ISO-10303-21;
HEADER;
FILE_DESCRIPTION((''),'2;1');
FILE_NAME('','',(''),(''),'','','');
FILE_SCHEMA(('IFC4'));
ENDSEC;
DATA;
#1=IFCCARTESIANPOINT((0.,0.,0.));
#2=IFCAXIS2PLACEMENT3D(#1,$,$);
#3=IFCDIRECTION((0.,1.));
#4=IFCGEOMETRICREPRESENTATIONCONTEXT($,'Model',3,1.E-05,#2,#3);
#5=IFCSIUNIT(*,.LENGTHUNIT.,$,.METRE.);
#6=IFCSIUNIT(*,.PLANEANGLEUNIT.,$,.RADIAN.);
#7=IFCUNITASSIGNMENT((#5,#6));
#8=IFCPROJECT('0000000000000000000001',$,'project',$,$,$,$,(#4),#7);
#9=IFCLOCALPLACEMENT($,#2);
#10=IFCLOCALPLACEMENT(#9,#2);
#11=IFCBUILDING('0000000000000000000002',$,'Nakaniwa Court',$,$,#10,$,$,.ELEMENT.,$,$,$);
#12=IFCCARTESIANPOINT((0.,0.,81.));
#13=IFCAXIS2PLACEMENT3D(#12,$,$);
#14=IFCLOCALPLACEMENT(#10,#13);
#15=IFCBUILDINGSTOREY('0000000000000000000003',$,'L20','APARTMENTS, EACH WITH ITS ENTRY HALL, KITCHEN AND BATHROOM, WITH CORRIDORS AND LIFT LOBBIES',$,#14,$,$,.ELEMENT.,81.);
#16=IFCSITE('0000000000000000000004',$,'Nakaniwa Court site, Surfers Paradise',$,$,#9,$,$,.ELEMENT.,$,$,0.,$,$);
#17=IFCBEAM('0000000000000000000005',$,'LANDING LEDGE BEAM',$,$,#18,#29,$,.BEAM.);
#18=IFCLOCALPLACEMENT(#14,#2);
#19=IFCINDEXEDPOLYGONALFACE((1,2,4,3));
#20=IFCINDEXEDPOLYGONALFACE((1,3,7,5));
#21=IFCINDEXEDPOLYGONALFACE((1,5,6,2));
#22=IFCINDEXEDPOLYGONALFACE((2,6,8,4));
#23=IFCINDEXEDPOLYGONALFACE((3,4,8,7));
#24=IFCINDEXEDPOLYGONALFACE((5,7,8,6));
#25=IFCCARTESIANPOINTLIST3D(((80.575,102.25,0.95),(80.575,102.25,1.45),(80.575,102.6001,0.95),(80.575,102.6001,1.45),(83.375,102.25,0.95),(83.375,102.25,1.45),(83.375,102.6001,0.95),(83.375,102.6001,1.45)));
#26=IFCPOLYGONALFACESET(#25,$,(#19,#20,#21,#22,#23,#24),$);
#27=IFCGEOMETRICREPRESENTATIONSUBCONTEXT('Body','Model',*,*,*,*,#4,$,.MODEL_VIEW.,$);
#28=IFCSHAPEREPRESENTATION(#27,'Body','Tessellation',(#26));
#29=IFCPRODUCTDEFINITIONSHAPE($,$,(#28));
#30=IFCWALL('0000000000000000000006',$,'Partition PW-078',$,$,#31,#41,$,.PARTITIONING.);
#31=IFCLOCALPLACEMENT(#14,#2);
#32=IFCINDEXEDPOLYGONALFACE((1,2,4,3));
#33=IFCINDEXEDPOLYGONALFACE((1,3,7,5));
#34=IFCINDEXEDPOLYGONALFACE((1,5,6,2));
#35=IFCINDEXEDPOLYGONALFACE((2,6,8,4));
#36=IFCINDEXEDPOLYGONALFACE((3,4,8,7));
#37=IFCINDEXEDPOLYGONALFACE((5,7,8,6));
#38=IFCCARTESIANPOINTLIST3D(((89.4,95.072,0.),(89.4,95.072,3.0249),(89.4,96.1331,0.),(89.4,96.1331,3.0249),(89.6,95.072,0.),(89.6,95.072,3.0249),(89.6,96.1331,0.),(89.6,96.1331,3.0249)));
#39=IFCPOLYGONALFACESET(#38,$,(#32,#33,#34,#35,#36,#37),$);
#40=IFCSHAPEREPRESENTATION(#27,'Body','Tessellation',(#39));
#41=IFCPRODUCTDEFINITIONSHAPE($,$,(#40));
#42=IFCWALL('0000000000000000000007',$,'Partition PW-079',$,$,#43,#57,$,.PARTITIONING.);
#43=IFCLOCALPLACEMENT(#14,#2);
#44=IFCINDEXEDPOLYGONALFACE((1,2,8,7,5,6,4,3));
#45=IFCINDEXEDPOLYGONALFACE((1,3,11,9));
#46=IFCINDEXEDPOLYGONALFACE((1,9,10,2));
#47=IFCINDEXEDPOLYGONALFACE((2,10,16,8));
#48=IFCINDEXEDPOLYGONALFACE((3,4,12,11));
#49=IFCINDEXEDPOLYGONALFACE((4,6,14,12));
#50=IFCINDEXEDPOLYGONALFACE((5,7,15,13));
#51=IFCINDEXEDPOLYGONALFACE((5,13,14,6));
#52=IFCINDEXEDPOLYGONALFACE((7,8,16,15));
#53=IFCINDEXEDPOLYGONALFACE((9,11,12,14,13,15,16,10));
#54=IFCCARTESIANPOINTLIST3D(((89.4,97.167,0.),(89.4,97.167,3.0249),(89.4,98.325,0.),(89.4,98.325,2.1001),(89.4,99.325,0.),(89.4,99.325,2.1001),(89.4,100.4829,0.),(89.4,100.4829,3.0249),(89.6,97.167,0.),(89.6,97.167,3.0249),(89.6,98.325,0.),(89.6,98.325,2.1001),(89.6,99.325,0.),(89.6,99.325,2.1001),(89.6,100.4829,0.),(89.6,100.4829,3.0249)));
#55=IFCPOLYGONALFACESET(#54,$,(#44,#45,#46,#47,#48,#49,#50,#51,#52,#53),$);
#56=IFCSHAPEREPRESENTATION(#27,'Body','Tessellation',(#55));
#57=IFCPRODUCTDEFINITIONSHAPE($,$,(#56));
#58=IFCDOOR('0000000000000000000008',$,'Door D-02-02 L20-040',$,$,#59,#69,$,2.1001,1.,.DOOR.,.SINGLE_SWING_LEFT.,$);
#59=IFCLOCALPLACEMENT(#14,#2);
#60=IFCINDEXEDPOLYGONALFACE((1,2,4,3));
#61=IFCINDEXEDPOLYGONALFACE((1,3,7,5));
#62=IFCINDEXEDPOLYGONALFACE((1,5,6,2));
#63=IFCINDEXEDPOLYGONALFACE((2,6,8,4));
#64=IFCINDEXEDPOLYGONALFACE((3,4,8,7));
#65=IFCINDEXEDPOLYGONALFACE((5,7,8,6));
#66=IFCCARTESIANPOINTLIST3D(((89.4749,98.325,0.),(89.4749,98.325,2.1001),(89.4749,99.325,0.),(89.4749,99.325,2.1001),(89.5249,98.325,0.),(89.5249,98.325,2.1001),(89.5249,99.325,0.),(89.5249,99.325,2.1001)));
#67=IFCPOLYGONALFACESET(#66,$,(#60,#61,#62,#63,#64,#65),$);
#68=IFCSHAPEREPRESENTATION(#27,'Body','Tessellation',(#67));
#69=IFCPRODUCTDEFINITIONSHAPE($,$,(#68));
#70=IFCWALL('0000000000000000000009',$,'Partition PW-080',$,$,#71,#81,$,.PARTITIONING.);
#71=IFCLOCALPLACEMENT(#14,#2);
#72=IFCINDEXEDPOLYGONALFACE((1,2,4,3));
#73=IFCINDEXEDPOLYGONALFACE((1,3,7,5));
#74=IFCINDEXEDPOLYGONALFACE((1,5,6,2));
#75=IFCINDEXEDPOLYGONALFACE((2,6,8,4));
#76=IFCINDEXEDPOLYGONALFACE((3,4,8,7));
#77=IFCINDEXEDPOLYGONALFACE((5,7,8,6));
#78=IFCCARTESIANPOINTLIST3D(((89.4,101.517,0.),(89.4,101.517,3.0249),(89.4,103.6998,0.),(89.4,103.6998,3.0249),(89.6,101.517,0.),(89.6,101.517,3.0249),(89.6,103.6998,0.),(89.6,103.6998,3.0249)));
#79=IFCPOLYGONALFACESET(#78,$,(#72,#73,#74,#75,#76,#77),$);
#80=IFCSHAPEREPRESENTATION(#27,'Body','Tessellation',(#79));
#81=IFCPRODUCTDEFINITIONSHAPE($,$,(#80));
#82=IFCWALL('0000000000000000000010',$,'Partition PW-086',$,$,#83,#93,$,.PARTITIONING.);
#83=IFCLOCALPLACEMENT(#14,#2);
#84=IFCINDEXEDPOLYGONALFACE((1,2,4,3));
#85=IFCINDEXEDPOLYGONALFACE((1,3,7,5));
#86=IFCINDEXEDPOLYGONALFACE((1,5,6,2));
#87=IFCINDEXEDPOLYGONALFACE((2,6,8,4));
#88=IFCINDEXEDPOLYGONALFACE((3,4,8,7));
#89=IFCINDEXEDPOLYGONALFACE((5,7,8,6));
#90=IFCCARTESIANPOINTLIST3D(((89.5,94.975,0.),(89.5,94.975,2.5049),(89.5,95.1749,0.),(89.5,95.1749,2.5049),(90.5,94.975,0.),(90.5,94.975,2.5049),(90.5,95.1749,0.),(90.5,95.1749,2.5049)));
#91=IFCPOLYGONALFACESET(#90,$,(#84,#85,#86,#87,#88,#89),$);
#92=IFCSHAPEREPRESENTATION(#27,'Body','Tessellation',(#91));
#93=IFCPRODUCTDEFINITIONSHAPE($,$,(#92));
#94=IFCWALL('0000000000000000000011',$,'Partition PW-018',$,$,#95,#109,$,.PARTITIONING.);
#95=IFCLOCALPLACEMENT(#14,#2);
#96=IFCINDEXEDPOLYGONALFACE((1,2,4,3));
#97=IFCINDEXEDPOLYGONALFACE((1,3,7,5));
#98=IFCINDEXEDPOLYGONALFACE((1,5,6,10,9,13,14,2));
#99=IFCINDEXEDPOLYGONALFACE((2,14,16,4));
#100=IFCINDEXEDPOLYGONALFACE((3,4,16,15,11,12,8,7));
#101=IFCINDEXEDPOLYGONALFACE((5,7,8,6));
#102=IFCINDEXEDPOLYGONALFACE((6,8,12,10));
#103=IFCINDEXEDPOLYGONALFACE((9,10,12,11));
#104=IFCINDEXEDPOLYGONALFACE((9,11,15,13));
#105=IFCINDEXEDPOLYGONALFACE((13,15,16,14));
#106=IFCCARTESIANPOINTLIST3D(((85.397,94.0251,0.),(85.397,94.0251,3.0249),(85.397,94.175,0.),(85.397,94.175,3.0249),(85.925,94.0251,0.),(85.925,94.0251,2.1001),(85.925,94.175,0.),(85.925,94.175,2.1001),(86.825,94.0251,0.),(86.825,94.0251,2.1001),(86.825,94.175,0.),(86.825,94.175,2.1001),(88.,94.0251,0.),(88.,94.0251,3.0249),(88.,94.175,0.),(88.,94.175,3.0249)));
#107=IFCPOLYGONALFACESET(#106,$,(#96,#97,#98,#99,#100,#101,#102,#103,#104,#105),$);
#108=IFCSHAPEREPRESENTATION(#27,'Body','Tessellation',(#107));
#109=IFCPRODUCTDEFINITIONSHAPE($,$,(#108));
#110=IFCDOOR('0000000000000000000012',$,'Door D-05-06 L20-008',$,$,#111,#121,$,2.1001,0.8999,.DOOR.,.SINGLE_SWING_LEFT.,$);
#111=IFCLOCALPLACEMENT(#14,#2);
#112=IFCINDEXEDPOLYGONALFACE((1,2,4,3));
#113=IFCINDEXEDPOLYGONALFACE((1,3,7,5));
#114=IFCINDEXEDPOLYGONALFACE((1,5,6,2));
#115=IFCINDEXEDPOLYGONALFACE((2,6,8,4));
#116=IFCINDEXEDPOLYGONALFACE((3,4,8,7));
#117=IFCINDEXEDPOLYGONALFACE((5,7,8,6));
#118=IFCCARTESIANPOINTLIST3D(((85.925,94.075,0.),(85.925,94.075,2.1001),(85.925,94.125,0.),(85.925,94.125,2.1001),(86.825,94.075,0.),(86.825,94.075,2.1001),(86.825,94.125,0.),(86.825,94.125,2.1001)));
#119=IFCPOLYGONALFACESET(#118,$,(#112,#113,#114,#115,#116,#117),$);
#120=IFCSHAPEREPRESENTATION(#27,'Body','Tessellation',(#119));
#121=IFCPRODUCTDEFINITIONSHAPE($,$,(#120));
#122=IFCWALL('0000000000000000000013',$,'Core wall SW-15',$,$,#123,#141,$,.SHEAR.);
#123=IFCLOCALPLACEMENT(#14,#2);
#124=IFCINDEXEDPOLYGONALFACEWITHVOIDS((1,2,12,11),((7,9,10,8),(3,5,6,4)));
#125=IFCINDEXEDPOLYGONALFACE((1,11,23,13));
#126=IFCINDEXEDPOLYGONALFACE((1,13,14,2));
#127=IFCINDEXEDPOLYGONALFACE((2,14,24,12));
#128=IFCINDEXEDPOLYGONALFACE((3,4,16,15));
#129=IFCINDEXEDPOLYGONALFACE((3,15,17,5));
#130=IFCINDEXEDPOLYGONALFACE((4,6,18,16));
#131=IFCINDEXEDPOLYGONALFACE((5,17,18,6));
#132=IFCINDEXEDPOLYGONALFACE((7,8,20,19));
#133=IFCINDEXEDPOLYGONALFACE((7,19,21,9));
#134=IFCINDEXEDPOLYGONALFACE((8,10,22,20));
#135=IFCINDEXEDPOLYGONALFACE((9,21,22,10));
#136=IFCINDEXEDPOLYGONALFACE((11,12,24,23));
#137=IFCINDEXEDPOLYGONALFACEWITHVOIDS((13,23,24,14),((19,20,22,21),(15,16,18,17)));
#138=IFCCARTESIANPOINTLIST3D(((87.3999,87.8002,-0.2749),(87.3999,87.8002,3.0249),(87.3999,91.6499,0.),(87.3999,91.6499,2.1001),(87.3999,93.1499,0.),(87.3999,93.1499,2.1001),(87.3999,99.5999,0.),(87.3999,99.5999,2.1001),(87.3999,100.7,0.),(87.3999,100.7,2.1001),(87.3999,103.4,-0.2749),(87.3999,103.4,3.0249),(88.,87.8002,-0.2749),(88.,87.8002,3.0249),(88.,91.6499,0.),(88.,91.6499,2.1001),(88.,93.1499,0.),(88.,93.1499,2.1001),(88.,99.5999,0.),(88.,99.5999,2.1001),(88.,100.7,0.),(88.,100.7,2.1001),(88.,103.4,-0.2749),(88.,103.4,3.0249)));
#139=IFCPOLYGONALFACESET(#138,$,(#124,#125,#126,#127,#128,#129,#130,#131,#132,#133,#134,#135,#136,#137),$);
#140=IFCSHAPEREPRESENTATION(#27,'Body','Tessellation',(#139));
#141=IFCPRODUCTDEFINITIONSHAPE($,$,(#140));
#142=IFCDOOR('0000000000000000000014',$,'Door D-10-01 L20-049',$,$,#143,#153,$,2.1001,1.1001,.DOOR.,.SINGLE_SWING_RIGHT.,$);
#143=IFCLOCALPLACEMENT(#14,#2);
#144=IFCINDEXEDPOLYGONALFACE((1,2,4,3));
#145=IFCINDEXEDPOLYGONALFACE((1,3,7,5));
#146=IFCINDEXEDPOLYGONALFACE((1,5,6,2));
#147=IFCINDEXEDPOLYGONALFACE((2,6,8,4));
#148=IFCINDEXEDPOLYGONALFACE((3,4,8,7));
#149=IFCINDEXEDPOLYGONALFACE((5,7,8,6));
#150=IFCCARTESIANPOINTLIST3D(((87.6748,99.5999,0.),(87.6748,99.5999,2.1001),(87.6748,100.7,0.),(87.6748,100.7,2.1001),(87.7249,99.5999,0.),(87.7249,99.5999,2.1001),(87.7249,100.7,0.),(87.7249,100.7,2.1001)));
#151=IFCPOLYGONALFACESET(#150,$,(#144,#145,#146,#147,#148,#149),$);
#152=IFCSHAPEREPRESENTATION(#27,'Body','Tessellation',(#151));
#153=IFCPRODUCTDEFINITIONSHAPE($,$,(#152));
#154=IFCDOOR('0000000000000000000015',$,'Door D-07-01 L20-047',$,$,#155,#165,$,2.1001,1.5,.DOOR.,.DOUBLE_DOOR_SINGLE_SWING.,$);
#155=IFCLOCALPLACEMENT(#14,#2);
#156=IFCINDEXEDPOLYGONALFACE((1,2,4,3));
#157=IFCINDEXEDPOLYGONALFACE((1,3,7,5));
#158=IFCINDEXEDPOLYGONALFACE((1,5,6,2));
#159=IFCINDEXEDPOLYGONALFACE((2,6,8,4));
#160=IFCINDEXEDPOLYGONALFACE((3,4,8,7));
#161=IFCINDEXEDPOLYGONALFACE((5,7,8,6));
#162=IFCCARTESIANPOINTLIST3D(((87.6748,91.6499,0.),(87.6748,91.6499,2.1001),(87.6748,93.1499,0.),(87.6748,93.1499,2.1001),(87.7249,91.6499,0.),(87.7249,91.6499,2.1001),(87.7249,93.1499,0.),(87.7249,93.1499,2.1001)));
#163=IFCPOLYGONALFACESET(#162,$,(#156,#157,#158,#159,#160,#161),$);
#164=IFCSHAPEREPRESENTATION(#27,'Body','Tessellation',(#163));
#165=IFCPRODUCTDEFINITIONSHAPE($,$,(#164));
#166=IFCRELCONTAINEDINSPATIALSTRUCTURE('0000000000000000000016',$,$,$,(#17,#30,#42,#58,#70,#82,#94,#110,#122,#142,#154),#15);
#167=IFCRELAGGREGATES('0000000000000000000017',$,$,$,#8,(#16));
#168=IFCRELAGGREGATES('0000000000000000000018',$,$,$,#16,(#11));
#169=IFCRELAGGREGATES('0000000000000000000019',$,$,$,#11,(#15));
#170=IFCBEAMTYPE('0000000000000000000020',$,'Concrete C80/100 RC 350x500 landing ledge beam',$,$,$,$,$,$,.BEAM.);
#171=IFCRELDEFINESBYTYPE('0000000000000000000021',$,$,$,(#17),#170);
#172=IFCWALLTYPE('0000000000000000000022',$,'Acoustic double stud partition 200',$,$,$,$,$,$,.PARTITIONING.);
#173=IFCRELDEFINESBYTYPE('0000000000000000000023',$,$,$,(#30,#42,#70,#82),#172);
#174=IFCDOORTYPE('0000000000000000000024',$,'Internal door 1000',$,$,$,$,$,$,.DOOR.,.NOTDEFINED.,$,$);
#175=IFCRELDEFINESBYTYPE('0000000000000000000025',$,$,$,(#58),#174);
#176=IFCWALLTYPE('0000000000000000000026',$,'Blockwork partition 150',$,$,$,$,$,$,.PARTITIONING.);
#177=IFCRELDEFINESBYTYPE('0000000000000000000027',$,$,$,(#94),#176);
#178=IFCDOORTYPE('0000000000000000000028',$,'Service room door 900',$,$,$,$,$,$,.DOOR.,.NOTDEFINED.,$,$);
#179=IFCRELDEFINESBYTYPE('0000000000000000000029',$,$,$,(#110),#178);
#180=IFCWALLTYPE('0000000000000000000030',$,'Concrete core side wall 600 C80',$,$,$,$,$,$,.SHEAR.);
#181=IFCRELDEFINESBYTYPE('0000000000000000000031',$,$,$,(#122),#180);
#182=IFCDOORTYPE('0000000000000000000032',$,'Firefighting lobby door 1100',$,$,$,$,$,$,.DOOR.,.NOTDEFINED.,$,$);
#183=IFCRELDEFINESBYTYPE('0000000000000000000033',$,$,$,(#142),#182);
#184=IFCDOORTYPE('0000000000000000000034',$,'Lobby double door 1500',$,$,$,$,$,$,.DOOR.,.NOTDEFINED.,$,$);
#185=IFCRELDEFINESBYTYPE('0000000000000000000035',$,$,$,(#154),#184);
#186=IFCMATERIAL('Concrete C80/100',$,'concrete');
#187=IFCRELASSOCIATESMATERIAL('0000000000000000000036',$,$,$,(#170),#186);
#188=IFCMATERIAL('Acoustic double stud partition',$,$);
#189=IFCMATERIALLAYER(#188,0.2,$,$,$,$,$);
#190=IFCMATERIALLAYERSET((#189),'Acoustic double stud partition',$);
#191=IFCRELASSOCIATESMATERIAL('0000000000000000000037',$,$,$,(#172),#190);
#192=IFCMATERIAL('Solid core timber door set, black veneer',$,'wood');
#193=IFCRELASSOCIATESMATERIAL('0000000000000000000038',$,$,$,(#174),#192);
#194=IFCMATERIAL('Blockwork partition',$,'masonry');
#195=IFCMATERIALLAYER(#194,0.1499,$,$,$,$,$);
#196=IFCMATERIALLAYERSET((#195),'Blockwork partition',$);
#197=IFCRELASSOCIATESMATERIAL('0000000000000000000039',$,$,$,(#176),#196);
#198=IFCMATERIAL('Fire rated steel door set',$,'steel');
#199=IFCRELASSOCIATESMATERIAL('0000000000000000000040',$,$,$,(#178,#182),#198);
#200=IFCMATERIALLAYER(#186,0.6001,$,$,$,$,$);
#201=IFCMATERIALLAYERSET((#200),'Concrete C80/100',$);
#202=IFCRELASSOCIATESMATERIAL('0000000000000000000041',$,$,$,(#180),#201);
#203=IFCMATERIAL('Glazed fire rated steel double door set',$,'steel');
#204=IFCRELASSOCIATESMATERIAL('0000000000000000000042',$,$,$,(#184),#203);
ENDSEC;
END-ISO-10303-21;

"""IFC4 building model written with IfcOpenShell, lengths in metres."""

from ifc_helpers import new_model, si_unit, direction, frame, frame_2d, origin, origin_2d, place, context, subcontext, project, spatial, rectangle, extrude, material, layer, layer_set, material_profile, profile_set, type_object, element, fill, save


model = new_model("IFC4")

# Units and contexts
model_context = context("Model", 3, precision=1e-05, world=origin(), true_north=direction((0.0, 1.0)))
body_context = subcontext(model_context, "Body", "Model", "MODEL_VIEW")
ifc_project = project(units=[si_unit("LENGTHUNIT", "METRE"), si_unit("PLANEANGLEUNIT", "RADIAN")], contexts=[model_context])

# Site, building, storey
site_placement = place(None, origin())
site = spatial("IfcSite", under=ifc_project, at=site_placement, Name="Nakaniwa Court site, Surfers Paradise", CompositionType="ELEMENT", RefElevation=0.0)
building_placement = place(site_placement, origin())
building = spatial("IfcBuilding", under=site, at=building_placement, Name="Nakaniwa Court", CompositionType="ELEMENT")
storey_placement = place(building_placement, frame((0.0, 0.0, 81.0)))
storey = spatial("IfcBuildingStorey", under=building, at=storey_placement, Name="L20", Description="APARTMENTS, EACH WITH ITS ENTRY HALL, KITCHEN AND BATHROOM, WITH CORRIDORS AND LIFT LOBBIES", CompositionType="ELEMENT", Elevation=81.0)

# Beam
ifc_material_1 = material(Name="Concrete C80/100", Category="concrete")
ifc_material_profile = material_profile(ifc_material_1, rectangle(XDim=0.3501, YDim=0.5, at=origin_2d()), Name="Concrete C80/100 RC 350x500 landing ledge beam")
ifc_profile_set = profile_set([ifc_material_profile], Name="Concrete C80/100")
beam_type = type_object("IfcBeamType", Name="Concrete C80/100 RC 350x500 landing ledge beam", PredefinedType="BEAM", material=ifc_profile_set)
beam_placement = place(storey_placement, frame((80.575, 102.425, 1.2), z_axis=(1.0, 0.0, 0.0), x_axis=(0.0, 1.0, 0.0)))
element("IfcBeam", 1, at=beam_placement, inside=storey, type_object=beam_type, Name="LANDING LEDGE BEAM", PredefinedType="BEAM", context=body_context, shape_type="SweptSolid", body=[
    extrude(rectangle(XDim=0.3501, YDim=0.5, at=origin_2d()), origin(), (0.0, 0.0, 1.0), 2.8),
])

# Wall
ifc_material_2 = material(Name="Acoustic double stud partition")
ifc_layer_1 = layer(ifc_material_2, 0.2)
ifc_layer_set_1 = layer_set([ifc_layer_1], Name="Acoustic double stud partition")
wall_type_1 = type_object("IfcWallType", Name="Acoustic double stud partition 200", PredefinedType="PARTITIONING", material=ifc_layer_set_1)
wall_1_placement = place(storey_placement, frame((89.5, 95.072, 0.0), z_axis=(0.0, 0.0, 1.0), x_axis=(0.0, 1.0, 0.0)))
element("IfcWall", 2, at=wall_1_placement, inside=storey, type_object=wall_type_1, Name="Partition PW-078", PredefinedType="PARTITIONING", context=body_context, shape_type="SweptSolid", body=[
    extrude(rectangle(XDim=1.061, YDim=0.2, at=frame_2d((0.5305, 0.0))), origin(), (0.0, 0.0, 1.0), 3.0249),
])

# Wall, opening, door
wall_2_placement = place(storey_placement, frame((89.5, 100.4829, 0.0), z_axis=(0.0, 0.0, 1.0), x_axis=(0.0, -1.0, 0.0)))
wall_2 = element("IfcWall", 3, at=wall_2_placement, inside=storey, type_object=wall_type_1, Name="Partition PW-079", PredefinedType="PARTITIONING", context=body_context, shape_type="SweptSolid", body=[
    extrude(rectangle(XDim=3.3159, YDim=0.2, at=frame_2d((1.658, 0.0))), origin(), (0.0, 0.0, 1.0), 3.0249),
])
opening_1_placement = place(wall_2_placement, frame((1.158, 0.0, 0.0)))
opening_1 = element("IfcOpeningElement", 4, at=opening_1_placement, cuts=wall_2, PredefinedType="OPENING", context=body_context, shape_type="SweptSolid", body=[
    extrude(rectangle(XDim=1.0, YDim=2.1001, at=frame_2d((0.5, 1.05))), frame((0.0, 0.1099, 0.0), z_axis=(0.0, -1.0, 0.0), x_axis=(1.0, 0.0, 0.0)), (0.0, 0.0, 1.0), 0.22),
])
ifc_material_3 = material(Name="Solid core timber door set, black veneer", Category="wood")
door_type_1 = type_object("IfcDoorType", Name="Internal door 1000", OperationType="NOTDEFINED", PredefinedType="DOOR", material=ifc_material_3)
door_1_placement = place(opening_1_placement, origin())
door_1 = element("IfcDoor", 5, at=door_1_placement, inside=storey, type_object=door_type_1, Name="Door D-02-02 L20-040", OperationType="SINGLE_SWING_LEFT", OverallHeight=2.1001, OverallWidth=1.0, PredefinedType="DOOR", context=body_context, shape_type="SweptSolid", body=[
    extrude(rectangle(XDim=1.0, YDim=2.1001, at=frame_2d((0.5, 1.05))), frame((0.0, 0.0249, 0.0), z_axis=(0.0, -1.0, 0.0), x_axis=(1.0, 0.0, 0.0)), (0.0, 0.0, 1.0), 0.05),
])
fill(opening_1, door_1)

# Walls
wall_3_placement = place(storey_placement, frame((89.5, 101.5171, 0.0), z_axis=(0.0, 0.0, 1.0), x_axis=(0.0, 1.0, 0.0)))
element("IfcWall", 6, at=wall_3_placement, inside=storey, type_object=wall_type_1, Name="Partition PW-080", PredefinedType="PARTITIONING", context=body_context, shape_type="SweptSolid", body=[
    extrude(rectangle(XDim=2.1829, YDim=0.2, at=frame_2d((1.0913, 0.0))), origin(), (0.0, 0.0, 1.0), 3.0249),
])
wall_4_placement = place(storey_placement, frame((89.5, 95.075, 0.0), z_axis=(0.0, 0.0, 1.0), x_axis=(1.0, 0.0, 0.0)))
element("IfcWall", 7, at=wall_4_placement, inside=storey, type_object=wall_type_1, Name="Partition PW-086", PredefinedType="PARTITIONING", context=body_context, shape_type="SweptSolid", body=[
    extrude(rectangle(XDim=1.0, YDim=0.2, at=frame_2d((0.5, 0.0))), origin(), (0.0, 0.0, 1.0), 2.5049),
])

# Wall, opening, door
ifc_material_4 = material(Name="Blockwork partition", Category="masonry")
ifc_layer_2 = layer(ifc_material_4, 0.1499)
ifc_layer_set_2 = layer_set([ifc_layer_2], Name="Blockwork partition")
wall_type_2 = type_object("IfcWallType", Name="Blockwork partition 150", PredefinedType="PARTITIONING", material=ifc_layer_set_2)
wall_5_placement = place(storey_placement, frame((85.397, 94.1001, 0.0), z_axis=(0.0, 0.0, 1.0), x_axis=(1.0, 0.0, 0.0)))
wall_5 = element("IfcWall", 8, at=wall_5_placement, inside=storey, type_object=wall_type_2, Name="Partition PW-018", PredefinedType="PARTITIONING", context=body_context, shape_type="SweptSolid", body=[
    extrude(rectangle(XDim=2.603, YDim=0.1499, at=frame_2d((1.3015, 0.0))), origin(), (0.0, 0.0, 1.0), 3.0249),
])
opening_2_placement = place(wall_5_placement, frame((0.5281, 0.0, 0.0)))
opening_2 = element("IfcOpeningElement", 9, at=opening_2_placement, cuts=wall_5, PredefinedType="OPENING", context=body_context, shape_type="SweptSolid", body=[
    extrude(rectangle(XDim=0.8999, YDim=2.1001, at=frame_2d((0.45, 1.05))), frame((0.0, 0.085, 0.0), z_axis=(0.0, -1.0, 0.0), x_axis=(1.0, 0.0, 0.0)), (0.0, 0.0, 1.0), 0.1699),
])
ifc_material_5 = material(Name="Fire rated steel door set", Category="steel")
door_type_2 = type_object("IfcDoorType", Name="Service room door 900", OperationType="NOTDEFINED", PredefinedType="DOOR", material=ifc_material_5)
door_2_placement = place(opening_2_placement, origin())
door_2 = element("IfcDoor", 10, at=door_2_placement, inside=storey, type_object=door_type_2, Name="Door D-05-06 L20-008", OperationType="SINGLE_SWING_LEFT", OverallHeight=2.1001, OverallWidth=0.8999, PredefinedType="DOOR", context=body_context, shape_type="SweptSolid", body=[
    extrude(rectangle(XDim=0.8999, YDim=2.1001, at=frame_2d((0.45, 1.05))), frame((0.0, 0.0249, 0.0), z_axis=(0.0, -1.0, 0.0), x_axis=(1.0, 0.0, 0.0)), (0.0, 0.0, 1.0), 0.05),
])
fill(opening_2, door_2)

# Wall, openings, doors
ifc_layer_3 = layer(ifc_material_1, 0.6001)
ifc_layer_set_3 = layer_set([ifc_layer_3], Name="Concrete C80/100")
wall_type_3 = type_object("IfcWallType", Name="Concrete core side wall 600 C80", PredefinedType="SHEAR", material=ifc_layer_set_3)
wall_6_placement = place(storey_placement, frame((87.7, 103.3999, -0.2749), z_axis=(0.0, 0.0, 1.0), x_axis=(0.0, -1.0, 0.0)))
wall_6 = element("IfcWall", 11, at=wall_6_placement, inside=storey, type_object=wall_type_3, Name="Core wall SW-15", PredefinedType="SHEAR", context=body_context, shape_type="SweptSolid", body=[
    extrude(rectangle(XDim=15.5999, YDim=0.6001, at=frame_2d((7.7998, 0.0))), origin(), (0.0, 0.0, 1.0), 3.2998),
])
opening_3_placement = place(wall_6_placement, frame((10.25, 0.0, 0.2749)))
opening_3 = element("IfcOpeningElement", 12, at=opening_3_placement, cuts=wall_6, PredefinedType="OPENING", context=body_context, shape_type="SweptSolid", body=[
    extrude(rectangle(XDim=1.5, YDim=2.1001, at=frame_2d((0.75, 1.05))), frame((0.0, 0.3101, 0.0), z_axis=(0.0, -1.0, 0.0), x_axis=(1.0, 0.0, 0.0)), (0.0, 0.0, 1.0), 0.6201),
])
opening_4_placement = place(wall_6_placement, frame((2.7, 0.0, 0.2749)))
opening_4 = element("IfcOpeningElement", 13, at=opening_4_placement, cuts=wall_6, PredefinedType="OPENING", context=body_context, shape_type="SweptSolid", body=[
    extrude(rectangle(XDim=1.1001, YDim=2.1001, at=frame_2d((0.55, 1.05))), frame((0.0, 0.3101, 0.0), z_axis=(0.0, -1.0, 0.0), x_axis=(1.0, 0.0, 0.0)), (0.0, 0.0, 1.0), 0.6201),
])
door_type_3 = type_object("IfcDoorType", Name="Firefighting lobby door 1100", OperationType="NOTDEFINED", PredefinedType="DOOR", material=ifc_material_5)
door_3_placement = place(opening_4_placement, origin())
door_3 = element("IfcDoor", 14, at=door_3_placement, inside=storey, type_object=door_type_3, Name="Door D-10-01 L20-049", OperationType="SINGLE_SWING_RIGHT", OverallHeight=2.1001, OverallWidth=1.1001, PredefinedType="DOOR", context=body_context, shape_type="SweptSolid", body=[
    extrude(rectangle(XDim=1.1001, YDim=2.1001, at=frame_2d((0.55, 1.05))), frame((0.0, 0.0249, 0.0), z_axis=(0.0, -1.0, 0.0), x_axis=(1.0, 0.0, 0.0)), (0.0, 0.0, 1.0), 0.05),
])
fill(opening_4, door_3)
ifc_material_6 = material(Name="Glazed fire rated steel double door set", Category="steel")
door_type_4 = type_object("IfcDoorType", Name="Lobby double door 1500", OperationType="NOTDEFINED", PredefinedType="DOOR", material=ifc_material_6)
door_4_placement = place(opening_3_placement, origin())
door_4 = element("IfcDoor", 15, at=door_4_placement, inside=storey, type_object=door_type_4, Name="Door D-07-01 L20-047", OperationType="DOUBLE_DOOR_SINGLE_SWING", OverallHeight=2.1001, OverallWidth=1.5, PredefinedType="DOOR", context=body_context, shape_type="SweptSolid", body=[
    extrude(rectangle(XDim=1.5, YDim=2.1001, at=frame_2d((0.75, 1.05))), frame((0.0, 0.0249, 0.0), z_axis=(0.0, -1.0, 0.0), x_axis=(1.0, 0.0, 0.0)), (0.0, 0.0, 1.0), 0.05),
])
fill(opening_3, door_4)

save(model, "model.ifc")
